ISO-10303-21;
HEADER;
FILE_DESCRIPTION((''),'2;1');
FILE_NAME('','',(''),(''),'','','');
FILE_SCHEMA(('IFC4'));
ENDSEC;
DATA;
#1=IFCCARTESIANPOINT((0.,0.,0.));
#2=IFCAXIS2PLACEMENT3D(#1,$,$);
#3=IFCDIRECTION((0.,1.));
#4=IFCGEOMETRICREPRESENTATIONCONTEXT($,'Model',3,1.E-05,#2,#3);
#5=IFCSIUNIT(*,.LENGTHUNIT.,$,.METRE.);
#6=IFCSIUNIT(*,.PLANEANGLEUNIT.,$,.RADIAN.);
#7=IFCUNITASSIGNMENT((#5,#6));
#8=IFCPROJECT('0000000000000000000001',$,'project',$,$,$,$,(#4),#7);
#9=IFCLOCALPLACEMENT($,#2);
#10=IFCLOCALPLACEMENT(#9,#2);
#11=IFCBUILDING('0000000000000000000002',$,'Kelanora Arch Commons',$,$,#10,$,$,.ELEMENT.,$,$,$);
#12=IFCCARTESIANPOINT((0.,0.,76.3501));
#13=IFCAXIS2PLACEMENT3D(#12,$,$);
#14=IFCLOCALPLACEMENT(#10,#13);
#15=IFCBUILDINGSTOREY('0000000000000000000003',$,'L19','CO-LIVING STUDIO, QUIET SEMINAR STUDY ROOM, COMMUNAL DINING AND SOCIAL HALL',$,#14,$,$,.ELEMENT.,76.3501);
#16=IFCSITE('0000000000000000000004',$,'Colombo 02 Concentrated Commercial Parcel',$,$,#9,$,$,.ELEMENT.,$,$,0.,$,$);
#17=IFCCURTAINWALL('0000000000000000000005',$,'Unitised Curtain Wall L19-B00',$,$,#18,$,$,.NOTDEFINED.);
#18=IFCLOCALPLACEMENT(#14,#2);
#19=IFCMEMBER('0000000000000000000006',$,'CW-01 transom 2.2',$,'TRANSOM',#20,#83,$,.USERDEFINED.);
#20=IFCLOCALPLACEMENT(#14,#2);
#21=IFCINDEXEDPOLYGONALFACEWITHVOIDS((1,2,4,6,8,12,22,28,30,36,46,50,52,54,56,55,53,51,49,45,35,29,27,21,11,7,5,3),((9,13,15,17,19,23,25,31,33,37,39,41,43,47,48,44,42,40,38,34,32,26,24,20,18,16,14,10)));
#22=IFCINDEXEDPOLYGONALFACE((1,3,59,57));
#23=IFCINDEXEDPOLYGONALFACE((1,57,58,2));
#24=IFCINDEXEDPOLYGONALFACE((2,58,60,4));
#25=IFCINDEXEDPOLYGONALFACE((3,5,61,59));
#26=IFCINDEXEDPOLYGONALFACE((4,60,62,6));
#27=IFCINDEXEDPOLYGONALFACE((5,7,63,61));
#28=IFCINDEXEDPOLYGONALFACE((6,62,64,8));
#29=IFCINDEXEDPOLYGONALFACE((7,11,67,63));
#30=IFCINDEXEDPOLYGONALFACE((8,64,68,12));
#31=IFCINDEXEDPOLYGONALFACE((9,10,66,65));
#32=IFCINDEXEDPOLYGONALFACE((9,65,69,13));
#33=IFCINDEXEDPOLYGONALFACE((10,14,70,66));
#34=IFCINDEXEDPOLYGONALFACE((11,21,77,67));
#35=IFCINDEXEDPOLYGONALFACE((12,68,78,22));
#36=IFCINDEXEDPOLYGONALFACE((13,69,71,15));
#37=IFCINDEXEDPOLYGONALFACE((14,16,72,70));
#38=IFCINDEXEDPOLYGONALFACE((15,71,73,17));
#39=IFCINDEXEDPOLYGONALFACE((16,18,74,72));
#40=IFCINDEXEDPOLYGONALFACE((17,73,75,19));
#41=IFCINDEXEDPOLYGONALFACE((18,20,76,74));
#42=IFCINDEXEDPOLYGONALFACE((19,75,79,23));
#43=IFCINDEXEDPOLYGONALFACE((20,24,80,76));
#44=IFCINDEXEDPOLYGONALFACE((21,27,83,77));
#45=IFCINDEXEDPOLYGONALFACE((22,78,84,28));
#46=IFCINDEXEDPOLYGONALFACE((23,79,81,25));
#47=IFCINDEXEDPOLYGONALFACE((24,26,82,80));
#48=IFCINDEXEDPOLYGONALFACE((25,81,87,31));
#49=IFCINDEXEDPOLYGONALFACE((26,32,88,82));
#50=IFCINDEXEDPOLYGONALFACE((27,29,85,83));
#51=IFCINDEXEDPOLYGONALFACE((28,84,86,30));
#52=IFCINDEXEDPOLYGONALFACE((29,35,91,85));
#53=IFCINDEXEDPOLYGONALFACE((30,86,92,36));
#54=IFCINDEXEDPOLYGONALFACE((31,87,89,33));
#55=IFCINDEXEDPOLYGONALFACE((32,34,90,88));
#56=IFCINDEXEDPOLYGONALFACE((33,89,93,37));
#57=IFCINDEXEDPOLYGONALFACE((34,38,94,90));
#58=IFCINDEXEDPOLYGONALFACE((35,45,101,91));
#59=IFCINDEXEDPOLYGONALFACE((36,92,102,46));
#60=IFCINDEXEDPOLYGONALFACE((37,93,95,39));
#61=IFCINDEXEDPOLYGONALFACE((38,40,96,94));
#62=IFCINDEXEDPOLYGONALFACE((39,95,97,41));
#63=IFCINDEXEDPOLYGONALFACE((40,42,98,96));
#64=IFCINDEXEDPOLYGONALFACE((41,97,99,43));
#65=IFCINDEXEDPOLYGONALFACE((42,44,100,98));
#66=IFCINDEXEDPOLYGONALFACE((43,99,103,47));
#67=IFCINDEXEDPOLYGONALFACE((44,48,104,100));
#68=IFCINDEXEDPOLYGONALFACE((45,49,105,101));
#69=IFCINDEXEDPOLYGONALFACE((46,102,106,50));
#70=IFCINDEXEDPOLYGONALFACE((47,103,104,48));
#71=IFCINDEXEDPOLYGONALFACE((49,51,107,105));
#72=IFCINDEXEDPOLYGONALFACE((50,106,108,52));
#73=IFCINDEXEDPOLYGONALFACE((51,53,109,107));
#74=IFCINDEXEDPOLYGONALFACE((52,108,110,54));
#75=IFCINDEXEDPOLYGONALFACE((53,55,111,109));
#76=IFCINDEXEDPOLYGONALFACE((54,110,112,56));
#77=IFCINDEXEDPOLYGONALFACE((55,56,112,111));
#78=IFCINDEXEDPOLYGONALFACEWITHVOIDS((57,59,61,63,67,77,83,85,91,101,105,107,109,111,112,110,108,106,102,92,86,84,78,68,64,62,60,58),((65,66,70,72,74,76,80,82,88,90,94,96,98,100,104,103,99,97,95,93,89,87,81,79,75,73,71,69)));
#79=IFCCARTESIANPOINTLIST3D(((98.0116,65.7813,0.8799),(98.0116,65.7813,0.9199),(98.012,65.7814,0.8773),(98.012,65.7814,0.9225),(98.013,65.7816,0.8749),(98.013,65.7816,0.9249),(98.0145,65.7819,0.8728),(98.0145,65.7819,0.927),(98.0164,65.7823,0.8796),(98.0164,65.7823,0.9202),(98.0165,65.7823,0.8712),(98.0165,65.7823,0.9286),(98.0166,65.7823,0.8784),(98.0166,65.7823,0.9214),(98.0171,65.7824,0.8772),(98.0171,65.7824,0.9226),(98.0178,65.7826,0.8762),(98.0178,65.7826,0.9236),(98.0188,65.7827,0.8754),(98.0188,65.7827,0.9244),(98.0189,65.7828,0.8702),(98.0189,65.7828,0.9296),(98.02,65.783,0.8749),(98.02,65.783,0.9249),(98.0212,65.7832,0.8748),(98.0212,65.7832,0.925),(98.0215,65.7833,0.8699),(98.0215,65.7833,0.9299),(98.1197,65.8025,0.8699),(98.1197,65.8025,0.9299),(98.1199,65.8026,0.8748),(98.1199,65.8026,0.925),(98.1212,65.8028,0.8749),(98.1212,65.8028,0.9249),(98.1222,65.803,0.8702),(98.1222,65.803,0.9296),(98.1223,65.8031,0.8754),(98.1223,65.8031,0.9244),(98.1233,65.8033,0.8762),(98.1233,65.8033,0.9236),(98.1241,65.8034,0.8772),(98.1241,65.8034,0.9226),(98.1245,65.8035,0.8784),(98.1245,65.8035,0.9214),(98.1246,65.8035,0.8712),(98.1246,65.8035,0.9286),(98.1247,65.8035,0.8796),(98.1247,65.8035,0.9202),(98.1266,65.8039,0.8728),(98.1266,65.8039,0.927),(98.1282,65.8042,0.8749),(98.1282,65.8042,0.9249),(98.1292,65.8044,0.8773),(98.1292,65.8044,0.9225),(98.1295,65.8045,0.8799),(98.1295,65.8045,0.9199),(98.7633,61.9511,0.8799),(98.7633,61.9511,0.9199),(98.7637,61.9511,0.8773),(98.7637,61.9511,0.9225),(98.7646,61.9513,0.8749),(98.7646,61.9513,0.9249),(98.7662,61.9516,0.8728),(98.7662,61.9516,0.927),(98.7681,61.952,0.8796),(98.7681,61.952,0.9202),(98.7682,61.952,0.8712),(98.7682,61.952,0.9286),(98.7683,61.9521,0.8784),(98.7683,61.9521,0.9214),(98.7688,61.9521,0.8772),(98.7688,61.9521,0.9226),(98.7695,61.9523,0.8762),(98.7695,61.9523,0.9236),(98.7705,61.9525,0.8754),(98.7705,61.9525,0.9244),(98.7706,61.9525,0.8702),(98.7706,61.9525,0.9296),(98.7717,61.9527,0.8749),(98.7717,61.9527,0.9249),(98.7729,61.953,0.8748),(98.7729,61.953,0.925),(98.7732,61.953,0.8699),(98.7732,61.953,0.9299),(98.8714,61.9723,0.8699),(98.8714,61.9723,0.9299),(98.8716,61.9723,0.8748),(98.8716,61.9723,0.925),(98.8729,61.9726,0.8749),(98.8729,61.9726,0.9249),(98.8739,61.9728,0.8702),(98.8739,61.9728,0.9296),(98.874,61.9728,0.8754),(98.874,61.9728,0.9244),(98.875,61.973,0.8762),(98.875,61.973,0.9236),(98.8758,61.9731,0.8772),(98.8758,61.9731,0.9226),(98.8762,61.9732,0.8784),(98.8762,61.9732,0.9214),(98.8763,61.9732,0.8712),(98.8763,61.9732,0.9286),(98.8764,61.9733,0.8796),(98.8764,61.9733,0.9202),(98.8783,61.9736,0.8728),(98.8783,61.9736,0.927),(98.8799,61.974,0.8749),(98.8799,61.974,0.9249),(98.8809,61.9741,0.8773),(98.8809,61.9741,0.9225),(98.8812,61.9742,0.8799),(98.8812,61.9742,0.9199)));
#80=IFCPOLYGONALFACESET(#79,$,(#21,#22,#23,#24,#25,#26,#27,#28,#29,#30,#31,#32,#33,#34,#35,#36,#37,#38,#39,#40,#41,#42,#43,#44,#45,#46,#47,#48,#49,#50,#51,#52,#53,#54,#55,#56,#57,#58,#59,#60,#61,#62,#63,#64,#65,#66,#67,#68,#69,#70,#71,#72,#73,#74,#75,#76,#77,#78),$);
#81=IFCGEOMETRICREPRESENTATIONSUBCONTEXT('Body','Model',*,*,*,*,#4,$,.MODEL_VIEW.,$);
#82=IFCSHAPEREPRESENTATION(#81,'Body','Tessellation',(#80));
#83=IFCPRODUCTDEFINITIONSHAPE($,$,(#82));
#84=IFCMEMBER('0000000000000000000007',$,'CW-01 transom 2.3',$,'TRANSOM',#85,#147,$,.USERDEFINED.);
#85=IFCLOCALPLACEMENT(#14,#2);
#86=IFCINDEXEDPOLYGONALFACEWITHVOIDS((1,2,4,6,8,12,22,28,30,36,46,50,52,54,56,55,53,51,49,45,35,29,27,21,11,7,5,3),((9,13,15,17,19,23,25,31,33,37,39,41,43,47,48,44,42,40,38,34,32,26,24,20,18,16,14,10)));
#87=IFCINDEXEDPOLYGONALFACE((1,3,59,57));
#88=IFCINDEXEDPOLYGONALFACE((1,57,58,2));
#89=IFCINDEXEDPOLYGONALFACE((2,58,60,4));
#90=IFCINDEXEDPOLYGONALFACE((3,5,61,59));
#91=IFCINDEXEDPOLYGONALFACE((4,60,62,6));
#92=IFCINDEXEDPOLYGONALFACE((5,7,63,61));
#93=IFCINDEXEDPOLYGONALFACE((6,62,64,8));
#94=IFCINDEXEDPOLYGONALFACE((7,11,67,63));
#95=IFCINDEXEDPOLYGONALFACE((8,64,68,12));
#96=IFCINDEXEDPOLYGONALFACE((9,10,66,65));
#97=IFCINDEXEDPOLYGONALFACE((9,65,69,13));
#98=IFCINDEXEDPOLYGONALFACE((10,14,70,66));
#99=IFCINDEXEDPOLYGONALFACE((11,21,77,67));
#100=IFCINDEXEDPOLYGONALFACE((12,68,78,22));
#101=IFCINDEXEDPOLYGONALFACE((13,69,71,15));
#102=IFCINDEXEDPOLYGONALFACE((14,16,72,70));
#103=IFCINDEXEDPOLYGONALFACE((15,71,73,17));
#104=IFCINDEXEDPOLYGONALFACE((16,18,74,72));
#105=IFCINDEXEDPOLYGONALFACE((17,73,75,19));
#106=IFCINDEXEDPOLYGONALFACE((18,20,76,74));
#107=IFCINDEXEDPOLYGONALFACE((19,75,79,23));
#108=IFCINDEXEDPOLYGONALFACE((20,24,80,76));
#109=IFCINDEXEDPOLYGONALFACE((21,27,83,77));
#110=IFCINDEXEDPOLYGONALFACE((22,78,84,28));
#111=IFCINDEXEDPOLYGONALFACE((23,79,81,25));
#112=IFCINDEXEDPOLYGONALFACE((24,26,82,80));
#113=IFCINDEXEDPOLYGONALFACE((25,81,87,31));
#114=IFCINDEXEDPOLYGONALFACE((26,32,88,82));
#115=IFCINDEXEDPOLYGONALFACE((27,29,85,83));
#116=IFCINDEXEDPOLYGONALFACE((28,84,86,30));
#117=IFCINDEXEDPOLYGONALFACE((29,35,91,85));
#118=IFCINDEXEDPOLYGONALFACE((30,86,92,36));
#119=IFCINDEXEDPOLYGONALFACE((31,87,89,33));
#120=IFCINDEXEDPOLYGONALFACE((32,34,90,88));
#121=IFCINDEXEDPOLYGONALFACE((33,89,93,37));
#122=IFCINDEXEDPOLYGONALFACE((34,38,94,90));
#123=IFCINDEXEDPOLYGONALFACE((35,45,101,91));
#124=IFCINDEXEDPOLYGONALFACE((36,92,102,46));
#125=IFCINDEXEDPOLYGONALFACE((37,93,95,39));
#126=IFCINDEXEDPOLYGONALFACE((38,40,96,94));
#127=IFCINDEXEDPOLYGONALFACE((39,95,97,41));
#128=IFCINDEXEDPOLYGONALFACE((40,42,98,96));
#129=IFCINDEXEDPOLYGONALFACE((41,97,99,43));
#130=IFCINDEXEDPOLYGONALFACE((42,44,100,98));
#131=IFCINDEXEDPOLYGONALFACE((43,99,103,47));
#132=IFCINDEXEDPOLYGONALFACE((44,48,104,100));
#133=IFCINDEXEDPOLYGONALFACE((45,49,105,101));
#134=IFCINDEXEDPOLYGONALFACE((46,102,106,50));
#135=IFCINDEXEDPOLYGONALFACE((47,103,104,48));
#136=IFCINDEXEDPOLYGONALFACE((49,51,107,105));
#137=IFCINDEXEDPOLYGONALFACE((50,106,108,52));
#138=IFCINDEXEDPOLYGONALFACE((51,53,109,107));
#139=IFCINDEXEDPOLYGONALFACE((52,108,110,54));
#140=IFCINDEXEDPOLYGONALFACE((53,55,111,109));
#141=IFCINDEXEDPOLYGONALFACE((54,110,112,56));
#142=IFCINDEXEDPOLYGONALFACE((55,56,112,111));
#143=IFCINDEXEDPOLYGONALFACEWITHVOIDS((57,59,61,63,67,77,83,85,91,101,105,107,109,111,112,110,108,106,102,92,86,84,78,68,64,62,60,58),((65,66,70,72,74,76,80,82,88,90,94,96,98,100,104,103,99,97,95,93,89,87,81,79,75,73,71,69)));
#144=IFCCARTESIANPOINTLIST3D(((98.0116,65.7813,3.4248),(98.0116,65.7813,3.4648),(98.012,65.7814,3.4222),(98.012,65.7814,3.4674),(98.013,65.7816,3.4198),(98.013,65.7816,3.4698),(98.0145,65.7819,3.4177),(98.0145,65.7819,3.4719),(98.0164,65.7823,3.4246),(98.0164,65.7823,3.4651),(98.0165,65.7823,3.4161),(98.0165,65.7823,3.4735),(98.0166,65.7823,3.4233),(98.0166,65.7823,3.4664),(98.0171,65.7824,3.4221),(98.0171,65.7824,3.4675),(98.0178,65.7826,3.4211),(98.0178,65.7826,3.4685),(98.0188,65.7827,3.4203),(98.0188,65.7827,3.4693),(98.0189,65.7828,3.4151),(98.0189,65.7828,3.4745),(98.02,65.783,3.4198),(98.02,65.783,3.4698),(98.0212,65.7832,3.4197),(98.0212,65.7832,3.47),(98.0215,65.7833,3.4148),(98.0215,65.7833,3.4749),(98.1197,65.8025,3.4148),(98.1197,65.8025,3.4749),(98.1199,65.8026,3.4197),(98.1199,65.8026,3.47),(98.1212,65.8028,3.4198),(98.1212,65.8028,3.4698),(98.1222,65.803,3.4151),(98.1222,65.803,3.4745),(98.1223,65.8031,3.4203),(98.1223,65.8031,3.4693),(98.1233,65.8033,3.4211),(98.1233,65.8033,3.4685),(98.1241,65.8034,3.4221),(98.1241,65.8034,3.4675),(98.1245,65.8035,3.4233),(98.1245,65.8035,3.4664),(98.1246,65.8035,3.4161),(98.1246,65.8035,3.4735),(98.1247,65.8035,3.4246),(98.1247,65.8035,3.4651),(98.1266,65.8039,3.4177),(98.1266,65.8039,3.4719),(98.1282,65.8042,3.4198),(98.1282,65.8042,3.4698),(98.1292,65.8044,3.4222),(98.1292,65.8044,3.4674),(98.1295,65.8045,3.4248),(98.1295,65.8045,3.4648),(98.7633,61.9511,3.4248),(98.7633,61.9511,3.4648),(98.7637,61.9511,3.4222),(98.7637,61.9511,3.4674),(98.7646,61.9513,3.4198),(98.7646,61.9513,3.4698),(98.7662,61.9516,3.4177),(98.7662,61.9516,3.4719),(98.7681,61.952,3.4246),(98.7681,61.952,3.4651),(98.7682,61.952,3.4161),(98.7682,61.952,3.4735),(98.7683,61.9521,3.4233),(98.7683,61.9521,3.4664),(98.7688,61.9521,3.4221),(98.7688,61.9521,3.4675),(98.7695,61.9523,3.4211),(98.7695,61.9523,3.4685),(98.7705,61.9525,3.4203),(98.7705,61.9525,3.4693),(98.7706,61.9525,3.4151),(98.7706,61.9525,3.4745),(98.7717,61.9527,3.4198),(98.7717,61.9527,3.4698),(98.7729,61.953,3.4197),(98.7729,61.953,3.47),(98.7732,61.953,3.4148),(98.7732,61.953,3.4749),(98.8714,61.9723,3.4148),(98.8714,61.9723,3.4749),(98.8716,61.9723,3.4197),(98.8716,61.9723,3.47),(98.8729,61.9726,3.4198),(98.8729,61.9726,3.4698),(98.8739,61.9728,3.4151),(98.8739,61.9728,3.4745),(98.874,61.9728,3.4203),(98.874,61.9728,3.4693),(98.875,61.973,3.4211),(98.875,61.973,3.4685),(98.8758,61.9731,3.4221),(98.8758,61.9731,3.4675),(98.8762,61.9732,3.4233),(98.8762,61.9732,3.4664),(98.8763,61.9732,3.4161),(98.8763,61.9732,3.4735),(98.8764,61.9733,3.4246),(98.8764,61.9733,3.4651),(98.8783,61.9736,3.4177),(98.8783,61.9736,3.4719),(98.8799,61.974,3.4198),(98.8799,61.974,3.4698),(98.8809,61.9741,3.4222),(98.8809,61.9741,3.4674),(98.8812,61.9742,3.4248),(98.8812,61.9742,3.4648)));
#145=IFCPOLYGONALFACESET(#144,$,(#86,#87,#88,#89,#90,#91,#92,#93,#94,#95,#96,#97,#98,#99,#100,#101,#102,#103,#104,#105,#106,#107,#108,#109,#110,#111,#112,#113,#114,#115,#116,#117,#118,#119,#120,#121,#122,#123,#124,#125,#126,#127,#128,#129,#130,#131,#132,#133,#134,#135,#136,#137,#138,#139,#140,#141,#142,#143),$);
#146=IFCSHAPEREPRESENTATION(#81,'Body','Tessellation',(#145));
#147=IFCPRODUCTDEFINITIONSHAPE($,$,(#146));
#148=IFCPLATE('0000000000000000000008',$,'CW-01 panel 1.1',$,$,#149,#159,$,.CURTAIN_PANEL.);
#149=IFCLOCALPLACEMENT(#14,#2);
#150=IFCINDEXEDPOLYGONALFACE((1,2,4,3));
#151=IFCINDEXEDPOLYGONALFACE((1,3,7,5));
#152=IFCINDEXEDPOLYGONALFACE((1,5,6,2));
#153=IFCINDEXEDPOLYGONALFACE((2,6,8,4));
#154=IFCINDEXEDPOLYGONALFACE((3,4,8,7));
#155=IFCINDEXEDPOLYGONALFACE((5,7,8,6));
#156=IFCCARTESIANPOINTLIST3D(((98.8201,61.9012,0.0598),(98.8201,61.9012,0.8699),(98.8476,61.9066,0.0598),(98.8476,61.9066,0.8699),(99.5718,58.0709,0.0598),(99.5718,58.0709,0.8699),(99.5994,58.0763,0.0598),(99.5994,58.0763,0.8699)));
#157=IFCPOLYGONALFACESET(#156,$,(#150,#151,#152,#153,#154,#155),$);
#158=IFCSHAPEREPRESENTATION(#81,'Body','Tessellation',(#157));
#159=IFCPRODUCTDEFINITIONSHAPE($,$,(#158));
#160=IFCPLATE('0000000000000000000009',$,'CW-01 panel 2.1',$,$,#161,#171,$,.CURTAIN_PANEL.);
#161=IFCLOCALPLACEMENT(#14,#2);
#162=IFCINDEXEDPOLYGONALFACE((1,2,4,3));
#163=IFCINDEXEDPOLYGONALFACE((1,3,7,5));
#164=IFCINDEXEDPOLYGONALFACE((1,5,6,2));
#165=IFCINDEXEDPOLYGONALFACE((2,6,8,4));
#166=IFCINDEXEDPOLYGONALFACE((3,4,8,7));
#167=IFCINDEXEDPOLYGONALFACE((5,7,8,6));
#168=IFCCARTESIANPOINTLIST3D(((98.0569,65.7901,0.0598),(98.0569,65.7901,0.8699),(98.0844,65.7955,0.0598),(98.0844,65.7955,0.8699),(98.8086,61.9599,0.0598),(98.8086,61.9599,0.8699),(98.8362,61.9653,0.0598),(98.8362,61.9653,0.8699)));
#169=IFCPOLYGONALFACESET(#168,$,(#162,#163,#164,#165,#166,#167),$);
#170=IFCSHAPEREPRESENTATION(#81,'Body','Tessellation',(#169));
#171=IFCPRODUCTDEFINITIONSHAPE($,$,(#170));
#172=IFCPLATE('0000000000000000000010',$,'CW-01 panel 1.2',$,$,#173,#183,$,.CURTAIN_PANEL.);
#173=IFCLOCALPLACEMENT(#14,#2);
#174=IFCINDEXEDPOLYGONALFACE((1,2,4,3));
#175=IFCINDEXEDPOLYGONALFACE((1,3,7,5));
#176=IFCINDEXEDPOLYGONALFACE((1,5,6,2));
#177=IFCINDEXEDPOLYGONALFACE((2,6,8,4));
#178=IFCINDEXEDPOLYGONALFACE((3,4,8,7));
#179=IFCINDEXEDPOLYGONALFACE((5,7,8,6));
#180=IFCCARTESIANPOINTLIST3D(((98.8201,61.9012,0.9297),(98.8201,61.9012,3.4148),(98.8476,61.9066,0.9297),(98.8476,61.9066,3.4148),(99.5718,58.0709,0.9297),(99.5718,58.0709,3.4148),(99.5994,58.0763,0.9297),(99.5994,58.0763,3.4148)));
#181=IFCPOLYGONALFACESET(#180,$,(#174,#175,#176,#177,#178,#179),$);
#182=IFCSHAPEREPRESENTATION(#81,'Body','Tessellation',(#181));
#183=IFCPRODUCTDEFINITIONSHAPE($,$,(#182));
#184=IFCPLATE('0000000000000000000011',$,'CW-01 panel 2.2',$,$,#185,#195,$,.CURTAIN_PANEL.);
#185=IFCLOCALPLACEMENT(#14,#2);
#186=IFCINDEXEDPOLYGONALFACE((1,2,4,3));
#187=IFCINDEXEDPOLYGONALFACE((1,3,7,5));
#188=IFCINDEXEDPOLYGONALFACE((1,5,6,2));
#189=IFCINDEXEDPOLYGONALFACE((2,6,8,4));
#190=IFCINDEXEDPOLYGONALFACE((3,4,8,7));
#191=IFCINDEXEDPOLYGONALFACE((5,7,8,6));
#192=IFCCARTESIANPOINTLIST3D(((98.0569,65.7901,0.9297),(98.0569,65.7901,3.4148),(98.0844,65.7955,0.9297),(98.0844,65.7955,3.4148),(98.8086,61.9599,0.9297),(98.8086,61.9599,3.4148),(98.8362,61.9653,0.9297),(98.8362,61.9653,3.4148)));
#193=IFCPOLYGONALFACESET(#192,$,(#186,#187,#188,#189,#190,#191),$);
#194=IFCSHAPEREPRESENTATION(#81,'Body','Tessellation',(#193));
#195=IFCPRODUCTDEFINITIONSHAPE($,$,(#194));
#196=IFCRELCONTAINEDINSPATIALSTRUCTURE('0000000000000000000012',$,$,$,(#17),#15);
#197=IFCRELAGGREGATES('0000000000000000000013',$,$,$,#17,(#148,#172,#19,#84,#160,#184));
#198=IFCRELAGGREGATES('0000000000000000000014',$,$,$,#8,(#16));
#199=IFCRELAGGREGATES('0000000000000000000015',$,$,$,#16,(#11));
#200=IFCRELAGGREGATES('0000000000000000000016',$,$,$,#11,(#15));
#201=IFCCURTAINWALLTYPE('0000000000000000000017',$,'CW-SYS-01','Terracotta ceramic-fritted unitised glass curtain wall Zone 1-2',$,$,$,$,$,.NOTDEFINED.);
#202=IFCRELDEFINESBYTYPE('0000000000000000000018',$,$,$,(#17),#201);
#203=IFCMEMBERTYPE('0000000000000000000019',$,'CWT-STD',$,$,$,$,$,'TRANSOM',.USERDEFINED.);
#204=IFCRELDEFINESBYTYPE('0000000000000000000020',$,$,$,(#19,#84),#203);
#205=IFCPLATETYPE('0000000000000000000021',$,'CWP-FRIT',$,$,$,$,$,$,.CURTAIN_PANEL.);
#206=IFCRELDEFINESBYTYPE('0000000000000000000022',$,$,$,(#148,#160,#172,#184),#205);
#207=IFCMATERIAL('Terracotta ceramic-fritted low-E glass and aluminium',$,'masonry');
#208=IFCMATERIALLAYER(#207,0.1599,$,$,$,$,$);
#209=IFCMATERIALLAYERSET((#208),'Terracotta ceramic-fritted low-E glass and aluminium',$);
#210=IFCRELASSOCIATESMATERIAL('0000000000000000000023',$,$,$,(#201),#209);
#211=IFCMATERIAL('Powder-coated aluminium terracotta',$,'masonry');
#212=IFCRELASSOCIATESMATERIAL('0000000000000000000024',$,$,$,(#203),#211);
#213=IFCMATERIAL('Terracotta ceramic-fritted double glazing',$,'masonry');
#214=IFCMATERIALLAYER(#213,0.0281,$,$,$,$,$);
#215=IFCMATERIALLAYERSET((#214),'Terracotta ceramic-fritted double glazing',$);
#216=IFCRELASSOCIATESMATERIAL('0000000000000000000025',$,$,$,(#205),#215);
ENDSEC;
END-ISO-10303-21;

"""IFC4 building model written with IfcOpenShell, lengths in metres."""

from ifc_helpers import new_model, si_unit, direction, frame, origin, origin_2d, place, context, subcontext, project, spatial, rectangle, hollow_rectangle, extrude, source, transform, mapped, material, layer, layer_set, material_profile, profile_set, type_object, element, aggregate, save


model = new_model("IFC4")

# Units and contexts
model_context = context("Model", 3, precision=1e-05, world=origin(), true_north=direction((0.0, 1.0)))
body_context = subcontext(model_context, "Body", "Model", "MODEL_VIEW")
ifc_project = project(units=[si_unit("LENGTHUNIT", "METRE"), si_unit("PLANEANGLEUNIT", "RADIAN")], contexts=[model_context])

# Site, building, storey
site_placement = place(None, origin())
site = spatial("IfcSite", under=ifc_project, at=site_placement, Name="Colombo 02 Concentrated Commercial Parcel", CompositionType="ELEMENT", RefElevation=0.0)
building_placement = place(site_placement, origin())
building = spatial("IfcBuilding", under=site, at=building_placement, Name="Kelanora Arch Commons", CompositionType="ELEMENT")
storey_placement = place(building_placement, frame((0.0, 0.0, 76.3501)))
storey = spatial("IfcBuildingStorey", under=building, at=storey_placement, Name="L19", Description="CO-LIVING STUDIO, QUIET SEMINAR STUDY ROOM, COMMUNAL DINING AND SOCIAL HALL", CompositionType="ELEMENT", Elevation=76.3501)

# Curtain wall, members, plates
ifc_material_1 = material(Name="Terracotta ceramic-fritted low-E glass and aluminium", Category="masonry")
ifc_layer_1 = layer(ifc_material_1, 0.1599)
ifc_layer_set_1 = layer_set([ifc_layer_1], Name="Terracotta ceramic-fritted low-E glass and aluminium")
curtain_wall_type = type_object("IfcCurtainWallType", Name="CW-SYS-01", Description="Terracotta ceramic-fritted unitised glass curtain wall Zone 1-2", PredefinedType="NOTDEFINED", material=ifc_layer_set_1)
curtain_wall_placement = place(storey_placement, origin())
curtain_wall = element("IfcCurtainWall", 1, at=curtain_wall_placement, inside=storey, type_object=curtain_wall_type, Name="Unitised Curtain Wall L19-B00", PredefinedType="NOTDEFINED")
ifc_material_2 = material(Name="Powder-coated aluminium terracotta", Category="masonry")
ifc_material_profile_1 = material_profile(ifc_material_2, hollow_rectangle(XDim=0.1201, YDim=0.0601, WallThickness=0.0049, InnerFilletRadius=0.0049, OuterFilletRadius=0.01, at=origin_2d()), Name="CWT120x60")
ifc_profile_set_1 = profile_set([ifc_material_profile_1], Name="Powder-coated aluminium terracotta")
member_type_1 = type_object("IfcMemberType", Name="CWT-STD", ElementType="TRANSOM", PredefinedType="USERDEFINED", material=ifc_profile_set_1)
member_1_placement = place(storey_placement, frame((98.8223, 61.9626, 0.8999), z_axis=(-0.192579, 0.981282, 0.0), x_axis=(-0.981282, -0.192579, 0.0)))
member_1 = element("IfcMember", 2, at=member_1_placement, type_object=member_type_1, Name="CW-01 transom 2.2", ObjectType="TRANSOM", PredefinedType="USERDEFINED", context=body_context, shape_type="SweptSolid", body=[
    extrude(hollow_rectangle(XDim=0.1201, YDim=0.0601, WallThickness=0.0049, InnerFilletRadius=0.0049, OuterFilletRadius=0.01, at=origin_2d()), origin(), (0.0, 0.0, 1.0), 3.9033),
])
member_2_placement = place(storey_placement, frame((98.8223, 61.9626, 3.4448), z_axis=(-0.192579, 0.981282, 0.0), x_axis=(-0.981282, -0.192579, 0.0)))
member_2 = element("IfcMember", 3, at=member_2_placement, type_object=member_type_1, Name="CW-01 transom 2.3", ObjectType="TRANSOM", PredefinedType="USERDEFINED", context=body_context, shape_type="SweptSolid", body=[
    extrude(hollow_rectangle(XDim=0.1201, YDim=0.0601, WallThickness=0.0049, InnerFilletRadius=0.0049, OuterFilletRadius=0.01, at=origin_2d()), origin(), (0.0, 0.0, 1.0), 3.9033),
])
ifc_material_3 = material(Name="Terracotta ceramic-fritted double glazing", Category="masonry")
ifc_layer_2 = layer(ifc_material_3, 0.0281)
ifc_layer_set_2 = layer_set([ifc_layer_2], Name="Terracotta ceramic-fritted double glazing")
plate_type = type_object("IfcPlateType", Name="CWP-FRIT", PredefinedType="CURTAIN_PANEL", material=ifc_layer_set_2)
shared_shape_1 = source(origin(), body_context, "Body", "SweptSolid", [
    extrude(rectangle(XDim=3.9033, YDim=0.0281, at=origin_2d()), origin(), (0.0, 0.0, 1.0), 0.8101),
])
plate_1_placement = place(storey_placement, frame((99.2097, 59.9888, 0.0598), z_axis=(0.0, 0.0, 1.0), x_axis=(-0.192585, 0.98128, 0.0)))
plate_1 = element("IfcPlate", 4, at=plate_1_placement, type_object=plate_type, Name="CW-01 panel 1.1", PredefinedType="CURTAIN_PANEL", context=body_context, shape_type="MappedRepresentation", body=[
    mapped(shared_shape_1, transform((0.0, 0.0, 0.0), scale=1.0)),
])
plate_2_placement = place(storey_placement, frame((98.4465, 63.8777, 0.0598), z_axis=(0.0, 0.0, 1.0), x_axis=(-0.192585, 0.98128, 0.0)))
plate_2 = element("IfcPlate", 5, at=plate_2_placement, type_object=plate_type, Name="CW-01 panel 2.1", PredefinedType="CURTAIN_PANEL", context=body_context, shape_type="MappedRepresentation", body=[
    mapped(shared_shape_1, transform((0.0, 0.0, 0.0), scale=1.0)),
])
shared_shape_2 = source(origin(), body_context, "Body", "SweptSolid", [
    extrude(rectangle(XDim=3.9033, YDim=0.0281, at=origin_2d()), origin(), (0.0, 0.0, 1.0), 2.4851),
])
plate_3_placement = place(storey_placement, frame((99.2097, 59.9888, 0.9297), z_axis=(0.0, 0.0, 1.0), x_axis=(-0.192585, 0.98128, 0.0)))
plate_3 = element("IfcPlate", 6, at=plate_3_placement, type_object=plate_type, Name="CW-01 panel 1.2", PredefinedType="CURTAIN_PANEL", context=body_context, shape_type="MappedRepresentation", body=[
    mapped(shared_shape_2, transform((0.0, 0.0, 0.0), scale=1.0)),
])
plate_4_placement = place(storey_placement, frame((98.4465, 63.8777, 0.9297), z_axis=(0.0, 0.0, 1.0), x_axis=(-0.192585, 0.98128, 0.0)))
plate_4 = element("IfcPlate", 7, at=plate_4_placement, type_object=plate_type, Name="CW-01 panel 2.2", PredefinedType="CURTAIN_PANEL", context=body_context, shape_type="MappedRepresentation", body=[
    mapped(shared_shape_2, transform((0.0, 0.0, 0.0), scale=1.0)),
])
aggregate(curtain_wall, [plate_1, plate_3, member_1, member_2, plate_2, plate_4])

save(model, "model.ifc")
